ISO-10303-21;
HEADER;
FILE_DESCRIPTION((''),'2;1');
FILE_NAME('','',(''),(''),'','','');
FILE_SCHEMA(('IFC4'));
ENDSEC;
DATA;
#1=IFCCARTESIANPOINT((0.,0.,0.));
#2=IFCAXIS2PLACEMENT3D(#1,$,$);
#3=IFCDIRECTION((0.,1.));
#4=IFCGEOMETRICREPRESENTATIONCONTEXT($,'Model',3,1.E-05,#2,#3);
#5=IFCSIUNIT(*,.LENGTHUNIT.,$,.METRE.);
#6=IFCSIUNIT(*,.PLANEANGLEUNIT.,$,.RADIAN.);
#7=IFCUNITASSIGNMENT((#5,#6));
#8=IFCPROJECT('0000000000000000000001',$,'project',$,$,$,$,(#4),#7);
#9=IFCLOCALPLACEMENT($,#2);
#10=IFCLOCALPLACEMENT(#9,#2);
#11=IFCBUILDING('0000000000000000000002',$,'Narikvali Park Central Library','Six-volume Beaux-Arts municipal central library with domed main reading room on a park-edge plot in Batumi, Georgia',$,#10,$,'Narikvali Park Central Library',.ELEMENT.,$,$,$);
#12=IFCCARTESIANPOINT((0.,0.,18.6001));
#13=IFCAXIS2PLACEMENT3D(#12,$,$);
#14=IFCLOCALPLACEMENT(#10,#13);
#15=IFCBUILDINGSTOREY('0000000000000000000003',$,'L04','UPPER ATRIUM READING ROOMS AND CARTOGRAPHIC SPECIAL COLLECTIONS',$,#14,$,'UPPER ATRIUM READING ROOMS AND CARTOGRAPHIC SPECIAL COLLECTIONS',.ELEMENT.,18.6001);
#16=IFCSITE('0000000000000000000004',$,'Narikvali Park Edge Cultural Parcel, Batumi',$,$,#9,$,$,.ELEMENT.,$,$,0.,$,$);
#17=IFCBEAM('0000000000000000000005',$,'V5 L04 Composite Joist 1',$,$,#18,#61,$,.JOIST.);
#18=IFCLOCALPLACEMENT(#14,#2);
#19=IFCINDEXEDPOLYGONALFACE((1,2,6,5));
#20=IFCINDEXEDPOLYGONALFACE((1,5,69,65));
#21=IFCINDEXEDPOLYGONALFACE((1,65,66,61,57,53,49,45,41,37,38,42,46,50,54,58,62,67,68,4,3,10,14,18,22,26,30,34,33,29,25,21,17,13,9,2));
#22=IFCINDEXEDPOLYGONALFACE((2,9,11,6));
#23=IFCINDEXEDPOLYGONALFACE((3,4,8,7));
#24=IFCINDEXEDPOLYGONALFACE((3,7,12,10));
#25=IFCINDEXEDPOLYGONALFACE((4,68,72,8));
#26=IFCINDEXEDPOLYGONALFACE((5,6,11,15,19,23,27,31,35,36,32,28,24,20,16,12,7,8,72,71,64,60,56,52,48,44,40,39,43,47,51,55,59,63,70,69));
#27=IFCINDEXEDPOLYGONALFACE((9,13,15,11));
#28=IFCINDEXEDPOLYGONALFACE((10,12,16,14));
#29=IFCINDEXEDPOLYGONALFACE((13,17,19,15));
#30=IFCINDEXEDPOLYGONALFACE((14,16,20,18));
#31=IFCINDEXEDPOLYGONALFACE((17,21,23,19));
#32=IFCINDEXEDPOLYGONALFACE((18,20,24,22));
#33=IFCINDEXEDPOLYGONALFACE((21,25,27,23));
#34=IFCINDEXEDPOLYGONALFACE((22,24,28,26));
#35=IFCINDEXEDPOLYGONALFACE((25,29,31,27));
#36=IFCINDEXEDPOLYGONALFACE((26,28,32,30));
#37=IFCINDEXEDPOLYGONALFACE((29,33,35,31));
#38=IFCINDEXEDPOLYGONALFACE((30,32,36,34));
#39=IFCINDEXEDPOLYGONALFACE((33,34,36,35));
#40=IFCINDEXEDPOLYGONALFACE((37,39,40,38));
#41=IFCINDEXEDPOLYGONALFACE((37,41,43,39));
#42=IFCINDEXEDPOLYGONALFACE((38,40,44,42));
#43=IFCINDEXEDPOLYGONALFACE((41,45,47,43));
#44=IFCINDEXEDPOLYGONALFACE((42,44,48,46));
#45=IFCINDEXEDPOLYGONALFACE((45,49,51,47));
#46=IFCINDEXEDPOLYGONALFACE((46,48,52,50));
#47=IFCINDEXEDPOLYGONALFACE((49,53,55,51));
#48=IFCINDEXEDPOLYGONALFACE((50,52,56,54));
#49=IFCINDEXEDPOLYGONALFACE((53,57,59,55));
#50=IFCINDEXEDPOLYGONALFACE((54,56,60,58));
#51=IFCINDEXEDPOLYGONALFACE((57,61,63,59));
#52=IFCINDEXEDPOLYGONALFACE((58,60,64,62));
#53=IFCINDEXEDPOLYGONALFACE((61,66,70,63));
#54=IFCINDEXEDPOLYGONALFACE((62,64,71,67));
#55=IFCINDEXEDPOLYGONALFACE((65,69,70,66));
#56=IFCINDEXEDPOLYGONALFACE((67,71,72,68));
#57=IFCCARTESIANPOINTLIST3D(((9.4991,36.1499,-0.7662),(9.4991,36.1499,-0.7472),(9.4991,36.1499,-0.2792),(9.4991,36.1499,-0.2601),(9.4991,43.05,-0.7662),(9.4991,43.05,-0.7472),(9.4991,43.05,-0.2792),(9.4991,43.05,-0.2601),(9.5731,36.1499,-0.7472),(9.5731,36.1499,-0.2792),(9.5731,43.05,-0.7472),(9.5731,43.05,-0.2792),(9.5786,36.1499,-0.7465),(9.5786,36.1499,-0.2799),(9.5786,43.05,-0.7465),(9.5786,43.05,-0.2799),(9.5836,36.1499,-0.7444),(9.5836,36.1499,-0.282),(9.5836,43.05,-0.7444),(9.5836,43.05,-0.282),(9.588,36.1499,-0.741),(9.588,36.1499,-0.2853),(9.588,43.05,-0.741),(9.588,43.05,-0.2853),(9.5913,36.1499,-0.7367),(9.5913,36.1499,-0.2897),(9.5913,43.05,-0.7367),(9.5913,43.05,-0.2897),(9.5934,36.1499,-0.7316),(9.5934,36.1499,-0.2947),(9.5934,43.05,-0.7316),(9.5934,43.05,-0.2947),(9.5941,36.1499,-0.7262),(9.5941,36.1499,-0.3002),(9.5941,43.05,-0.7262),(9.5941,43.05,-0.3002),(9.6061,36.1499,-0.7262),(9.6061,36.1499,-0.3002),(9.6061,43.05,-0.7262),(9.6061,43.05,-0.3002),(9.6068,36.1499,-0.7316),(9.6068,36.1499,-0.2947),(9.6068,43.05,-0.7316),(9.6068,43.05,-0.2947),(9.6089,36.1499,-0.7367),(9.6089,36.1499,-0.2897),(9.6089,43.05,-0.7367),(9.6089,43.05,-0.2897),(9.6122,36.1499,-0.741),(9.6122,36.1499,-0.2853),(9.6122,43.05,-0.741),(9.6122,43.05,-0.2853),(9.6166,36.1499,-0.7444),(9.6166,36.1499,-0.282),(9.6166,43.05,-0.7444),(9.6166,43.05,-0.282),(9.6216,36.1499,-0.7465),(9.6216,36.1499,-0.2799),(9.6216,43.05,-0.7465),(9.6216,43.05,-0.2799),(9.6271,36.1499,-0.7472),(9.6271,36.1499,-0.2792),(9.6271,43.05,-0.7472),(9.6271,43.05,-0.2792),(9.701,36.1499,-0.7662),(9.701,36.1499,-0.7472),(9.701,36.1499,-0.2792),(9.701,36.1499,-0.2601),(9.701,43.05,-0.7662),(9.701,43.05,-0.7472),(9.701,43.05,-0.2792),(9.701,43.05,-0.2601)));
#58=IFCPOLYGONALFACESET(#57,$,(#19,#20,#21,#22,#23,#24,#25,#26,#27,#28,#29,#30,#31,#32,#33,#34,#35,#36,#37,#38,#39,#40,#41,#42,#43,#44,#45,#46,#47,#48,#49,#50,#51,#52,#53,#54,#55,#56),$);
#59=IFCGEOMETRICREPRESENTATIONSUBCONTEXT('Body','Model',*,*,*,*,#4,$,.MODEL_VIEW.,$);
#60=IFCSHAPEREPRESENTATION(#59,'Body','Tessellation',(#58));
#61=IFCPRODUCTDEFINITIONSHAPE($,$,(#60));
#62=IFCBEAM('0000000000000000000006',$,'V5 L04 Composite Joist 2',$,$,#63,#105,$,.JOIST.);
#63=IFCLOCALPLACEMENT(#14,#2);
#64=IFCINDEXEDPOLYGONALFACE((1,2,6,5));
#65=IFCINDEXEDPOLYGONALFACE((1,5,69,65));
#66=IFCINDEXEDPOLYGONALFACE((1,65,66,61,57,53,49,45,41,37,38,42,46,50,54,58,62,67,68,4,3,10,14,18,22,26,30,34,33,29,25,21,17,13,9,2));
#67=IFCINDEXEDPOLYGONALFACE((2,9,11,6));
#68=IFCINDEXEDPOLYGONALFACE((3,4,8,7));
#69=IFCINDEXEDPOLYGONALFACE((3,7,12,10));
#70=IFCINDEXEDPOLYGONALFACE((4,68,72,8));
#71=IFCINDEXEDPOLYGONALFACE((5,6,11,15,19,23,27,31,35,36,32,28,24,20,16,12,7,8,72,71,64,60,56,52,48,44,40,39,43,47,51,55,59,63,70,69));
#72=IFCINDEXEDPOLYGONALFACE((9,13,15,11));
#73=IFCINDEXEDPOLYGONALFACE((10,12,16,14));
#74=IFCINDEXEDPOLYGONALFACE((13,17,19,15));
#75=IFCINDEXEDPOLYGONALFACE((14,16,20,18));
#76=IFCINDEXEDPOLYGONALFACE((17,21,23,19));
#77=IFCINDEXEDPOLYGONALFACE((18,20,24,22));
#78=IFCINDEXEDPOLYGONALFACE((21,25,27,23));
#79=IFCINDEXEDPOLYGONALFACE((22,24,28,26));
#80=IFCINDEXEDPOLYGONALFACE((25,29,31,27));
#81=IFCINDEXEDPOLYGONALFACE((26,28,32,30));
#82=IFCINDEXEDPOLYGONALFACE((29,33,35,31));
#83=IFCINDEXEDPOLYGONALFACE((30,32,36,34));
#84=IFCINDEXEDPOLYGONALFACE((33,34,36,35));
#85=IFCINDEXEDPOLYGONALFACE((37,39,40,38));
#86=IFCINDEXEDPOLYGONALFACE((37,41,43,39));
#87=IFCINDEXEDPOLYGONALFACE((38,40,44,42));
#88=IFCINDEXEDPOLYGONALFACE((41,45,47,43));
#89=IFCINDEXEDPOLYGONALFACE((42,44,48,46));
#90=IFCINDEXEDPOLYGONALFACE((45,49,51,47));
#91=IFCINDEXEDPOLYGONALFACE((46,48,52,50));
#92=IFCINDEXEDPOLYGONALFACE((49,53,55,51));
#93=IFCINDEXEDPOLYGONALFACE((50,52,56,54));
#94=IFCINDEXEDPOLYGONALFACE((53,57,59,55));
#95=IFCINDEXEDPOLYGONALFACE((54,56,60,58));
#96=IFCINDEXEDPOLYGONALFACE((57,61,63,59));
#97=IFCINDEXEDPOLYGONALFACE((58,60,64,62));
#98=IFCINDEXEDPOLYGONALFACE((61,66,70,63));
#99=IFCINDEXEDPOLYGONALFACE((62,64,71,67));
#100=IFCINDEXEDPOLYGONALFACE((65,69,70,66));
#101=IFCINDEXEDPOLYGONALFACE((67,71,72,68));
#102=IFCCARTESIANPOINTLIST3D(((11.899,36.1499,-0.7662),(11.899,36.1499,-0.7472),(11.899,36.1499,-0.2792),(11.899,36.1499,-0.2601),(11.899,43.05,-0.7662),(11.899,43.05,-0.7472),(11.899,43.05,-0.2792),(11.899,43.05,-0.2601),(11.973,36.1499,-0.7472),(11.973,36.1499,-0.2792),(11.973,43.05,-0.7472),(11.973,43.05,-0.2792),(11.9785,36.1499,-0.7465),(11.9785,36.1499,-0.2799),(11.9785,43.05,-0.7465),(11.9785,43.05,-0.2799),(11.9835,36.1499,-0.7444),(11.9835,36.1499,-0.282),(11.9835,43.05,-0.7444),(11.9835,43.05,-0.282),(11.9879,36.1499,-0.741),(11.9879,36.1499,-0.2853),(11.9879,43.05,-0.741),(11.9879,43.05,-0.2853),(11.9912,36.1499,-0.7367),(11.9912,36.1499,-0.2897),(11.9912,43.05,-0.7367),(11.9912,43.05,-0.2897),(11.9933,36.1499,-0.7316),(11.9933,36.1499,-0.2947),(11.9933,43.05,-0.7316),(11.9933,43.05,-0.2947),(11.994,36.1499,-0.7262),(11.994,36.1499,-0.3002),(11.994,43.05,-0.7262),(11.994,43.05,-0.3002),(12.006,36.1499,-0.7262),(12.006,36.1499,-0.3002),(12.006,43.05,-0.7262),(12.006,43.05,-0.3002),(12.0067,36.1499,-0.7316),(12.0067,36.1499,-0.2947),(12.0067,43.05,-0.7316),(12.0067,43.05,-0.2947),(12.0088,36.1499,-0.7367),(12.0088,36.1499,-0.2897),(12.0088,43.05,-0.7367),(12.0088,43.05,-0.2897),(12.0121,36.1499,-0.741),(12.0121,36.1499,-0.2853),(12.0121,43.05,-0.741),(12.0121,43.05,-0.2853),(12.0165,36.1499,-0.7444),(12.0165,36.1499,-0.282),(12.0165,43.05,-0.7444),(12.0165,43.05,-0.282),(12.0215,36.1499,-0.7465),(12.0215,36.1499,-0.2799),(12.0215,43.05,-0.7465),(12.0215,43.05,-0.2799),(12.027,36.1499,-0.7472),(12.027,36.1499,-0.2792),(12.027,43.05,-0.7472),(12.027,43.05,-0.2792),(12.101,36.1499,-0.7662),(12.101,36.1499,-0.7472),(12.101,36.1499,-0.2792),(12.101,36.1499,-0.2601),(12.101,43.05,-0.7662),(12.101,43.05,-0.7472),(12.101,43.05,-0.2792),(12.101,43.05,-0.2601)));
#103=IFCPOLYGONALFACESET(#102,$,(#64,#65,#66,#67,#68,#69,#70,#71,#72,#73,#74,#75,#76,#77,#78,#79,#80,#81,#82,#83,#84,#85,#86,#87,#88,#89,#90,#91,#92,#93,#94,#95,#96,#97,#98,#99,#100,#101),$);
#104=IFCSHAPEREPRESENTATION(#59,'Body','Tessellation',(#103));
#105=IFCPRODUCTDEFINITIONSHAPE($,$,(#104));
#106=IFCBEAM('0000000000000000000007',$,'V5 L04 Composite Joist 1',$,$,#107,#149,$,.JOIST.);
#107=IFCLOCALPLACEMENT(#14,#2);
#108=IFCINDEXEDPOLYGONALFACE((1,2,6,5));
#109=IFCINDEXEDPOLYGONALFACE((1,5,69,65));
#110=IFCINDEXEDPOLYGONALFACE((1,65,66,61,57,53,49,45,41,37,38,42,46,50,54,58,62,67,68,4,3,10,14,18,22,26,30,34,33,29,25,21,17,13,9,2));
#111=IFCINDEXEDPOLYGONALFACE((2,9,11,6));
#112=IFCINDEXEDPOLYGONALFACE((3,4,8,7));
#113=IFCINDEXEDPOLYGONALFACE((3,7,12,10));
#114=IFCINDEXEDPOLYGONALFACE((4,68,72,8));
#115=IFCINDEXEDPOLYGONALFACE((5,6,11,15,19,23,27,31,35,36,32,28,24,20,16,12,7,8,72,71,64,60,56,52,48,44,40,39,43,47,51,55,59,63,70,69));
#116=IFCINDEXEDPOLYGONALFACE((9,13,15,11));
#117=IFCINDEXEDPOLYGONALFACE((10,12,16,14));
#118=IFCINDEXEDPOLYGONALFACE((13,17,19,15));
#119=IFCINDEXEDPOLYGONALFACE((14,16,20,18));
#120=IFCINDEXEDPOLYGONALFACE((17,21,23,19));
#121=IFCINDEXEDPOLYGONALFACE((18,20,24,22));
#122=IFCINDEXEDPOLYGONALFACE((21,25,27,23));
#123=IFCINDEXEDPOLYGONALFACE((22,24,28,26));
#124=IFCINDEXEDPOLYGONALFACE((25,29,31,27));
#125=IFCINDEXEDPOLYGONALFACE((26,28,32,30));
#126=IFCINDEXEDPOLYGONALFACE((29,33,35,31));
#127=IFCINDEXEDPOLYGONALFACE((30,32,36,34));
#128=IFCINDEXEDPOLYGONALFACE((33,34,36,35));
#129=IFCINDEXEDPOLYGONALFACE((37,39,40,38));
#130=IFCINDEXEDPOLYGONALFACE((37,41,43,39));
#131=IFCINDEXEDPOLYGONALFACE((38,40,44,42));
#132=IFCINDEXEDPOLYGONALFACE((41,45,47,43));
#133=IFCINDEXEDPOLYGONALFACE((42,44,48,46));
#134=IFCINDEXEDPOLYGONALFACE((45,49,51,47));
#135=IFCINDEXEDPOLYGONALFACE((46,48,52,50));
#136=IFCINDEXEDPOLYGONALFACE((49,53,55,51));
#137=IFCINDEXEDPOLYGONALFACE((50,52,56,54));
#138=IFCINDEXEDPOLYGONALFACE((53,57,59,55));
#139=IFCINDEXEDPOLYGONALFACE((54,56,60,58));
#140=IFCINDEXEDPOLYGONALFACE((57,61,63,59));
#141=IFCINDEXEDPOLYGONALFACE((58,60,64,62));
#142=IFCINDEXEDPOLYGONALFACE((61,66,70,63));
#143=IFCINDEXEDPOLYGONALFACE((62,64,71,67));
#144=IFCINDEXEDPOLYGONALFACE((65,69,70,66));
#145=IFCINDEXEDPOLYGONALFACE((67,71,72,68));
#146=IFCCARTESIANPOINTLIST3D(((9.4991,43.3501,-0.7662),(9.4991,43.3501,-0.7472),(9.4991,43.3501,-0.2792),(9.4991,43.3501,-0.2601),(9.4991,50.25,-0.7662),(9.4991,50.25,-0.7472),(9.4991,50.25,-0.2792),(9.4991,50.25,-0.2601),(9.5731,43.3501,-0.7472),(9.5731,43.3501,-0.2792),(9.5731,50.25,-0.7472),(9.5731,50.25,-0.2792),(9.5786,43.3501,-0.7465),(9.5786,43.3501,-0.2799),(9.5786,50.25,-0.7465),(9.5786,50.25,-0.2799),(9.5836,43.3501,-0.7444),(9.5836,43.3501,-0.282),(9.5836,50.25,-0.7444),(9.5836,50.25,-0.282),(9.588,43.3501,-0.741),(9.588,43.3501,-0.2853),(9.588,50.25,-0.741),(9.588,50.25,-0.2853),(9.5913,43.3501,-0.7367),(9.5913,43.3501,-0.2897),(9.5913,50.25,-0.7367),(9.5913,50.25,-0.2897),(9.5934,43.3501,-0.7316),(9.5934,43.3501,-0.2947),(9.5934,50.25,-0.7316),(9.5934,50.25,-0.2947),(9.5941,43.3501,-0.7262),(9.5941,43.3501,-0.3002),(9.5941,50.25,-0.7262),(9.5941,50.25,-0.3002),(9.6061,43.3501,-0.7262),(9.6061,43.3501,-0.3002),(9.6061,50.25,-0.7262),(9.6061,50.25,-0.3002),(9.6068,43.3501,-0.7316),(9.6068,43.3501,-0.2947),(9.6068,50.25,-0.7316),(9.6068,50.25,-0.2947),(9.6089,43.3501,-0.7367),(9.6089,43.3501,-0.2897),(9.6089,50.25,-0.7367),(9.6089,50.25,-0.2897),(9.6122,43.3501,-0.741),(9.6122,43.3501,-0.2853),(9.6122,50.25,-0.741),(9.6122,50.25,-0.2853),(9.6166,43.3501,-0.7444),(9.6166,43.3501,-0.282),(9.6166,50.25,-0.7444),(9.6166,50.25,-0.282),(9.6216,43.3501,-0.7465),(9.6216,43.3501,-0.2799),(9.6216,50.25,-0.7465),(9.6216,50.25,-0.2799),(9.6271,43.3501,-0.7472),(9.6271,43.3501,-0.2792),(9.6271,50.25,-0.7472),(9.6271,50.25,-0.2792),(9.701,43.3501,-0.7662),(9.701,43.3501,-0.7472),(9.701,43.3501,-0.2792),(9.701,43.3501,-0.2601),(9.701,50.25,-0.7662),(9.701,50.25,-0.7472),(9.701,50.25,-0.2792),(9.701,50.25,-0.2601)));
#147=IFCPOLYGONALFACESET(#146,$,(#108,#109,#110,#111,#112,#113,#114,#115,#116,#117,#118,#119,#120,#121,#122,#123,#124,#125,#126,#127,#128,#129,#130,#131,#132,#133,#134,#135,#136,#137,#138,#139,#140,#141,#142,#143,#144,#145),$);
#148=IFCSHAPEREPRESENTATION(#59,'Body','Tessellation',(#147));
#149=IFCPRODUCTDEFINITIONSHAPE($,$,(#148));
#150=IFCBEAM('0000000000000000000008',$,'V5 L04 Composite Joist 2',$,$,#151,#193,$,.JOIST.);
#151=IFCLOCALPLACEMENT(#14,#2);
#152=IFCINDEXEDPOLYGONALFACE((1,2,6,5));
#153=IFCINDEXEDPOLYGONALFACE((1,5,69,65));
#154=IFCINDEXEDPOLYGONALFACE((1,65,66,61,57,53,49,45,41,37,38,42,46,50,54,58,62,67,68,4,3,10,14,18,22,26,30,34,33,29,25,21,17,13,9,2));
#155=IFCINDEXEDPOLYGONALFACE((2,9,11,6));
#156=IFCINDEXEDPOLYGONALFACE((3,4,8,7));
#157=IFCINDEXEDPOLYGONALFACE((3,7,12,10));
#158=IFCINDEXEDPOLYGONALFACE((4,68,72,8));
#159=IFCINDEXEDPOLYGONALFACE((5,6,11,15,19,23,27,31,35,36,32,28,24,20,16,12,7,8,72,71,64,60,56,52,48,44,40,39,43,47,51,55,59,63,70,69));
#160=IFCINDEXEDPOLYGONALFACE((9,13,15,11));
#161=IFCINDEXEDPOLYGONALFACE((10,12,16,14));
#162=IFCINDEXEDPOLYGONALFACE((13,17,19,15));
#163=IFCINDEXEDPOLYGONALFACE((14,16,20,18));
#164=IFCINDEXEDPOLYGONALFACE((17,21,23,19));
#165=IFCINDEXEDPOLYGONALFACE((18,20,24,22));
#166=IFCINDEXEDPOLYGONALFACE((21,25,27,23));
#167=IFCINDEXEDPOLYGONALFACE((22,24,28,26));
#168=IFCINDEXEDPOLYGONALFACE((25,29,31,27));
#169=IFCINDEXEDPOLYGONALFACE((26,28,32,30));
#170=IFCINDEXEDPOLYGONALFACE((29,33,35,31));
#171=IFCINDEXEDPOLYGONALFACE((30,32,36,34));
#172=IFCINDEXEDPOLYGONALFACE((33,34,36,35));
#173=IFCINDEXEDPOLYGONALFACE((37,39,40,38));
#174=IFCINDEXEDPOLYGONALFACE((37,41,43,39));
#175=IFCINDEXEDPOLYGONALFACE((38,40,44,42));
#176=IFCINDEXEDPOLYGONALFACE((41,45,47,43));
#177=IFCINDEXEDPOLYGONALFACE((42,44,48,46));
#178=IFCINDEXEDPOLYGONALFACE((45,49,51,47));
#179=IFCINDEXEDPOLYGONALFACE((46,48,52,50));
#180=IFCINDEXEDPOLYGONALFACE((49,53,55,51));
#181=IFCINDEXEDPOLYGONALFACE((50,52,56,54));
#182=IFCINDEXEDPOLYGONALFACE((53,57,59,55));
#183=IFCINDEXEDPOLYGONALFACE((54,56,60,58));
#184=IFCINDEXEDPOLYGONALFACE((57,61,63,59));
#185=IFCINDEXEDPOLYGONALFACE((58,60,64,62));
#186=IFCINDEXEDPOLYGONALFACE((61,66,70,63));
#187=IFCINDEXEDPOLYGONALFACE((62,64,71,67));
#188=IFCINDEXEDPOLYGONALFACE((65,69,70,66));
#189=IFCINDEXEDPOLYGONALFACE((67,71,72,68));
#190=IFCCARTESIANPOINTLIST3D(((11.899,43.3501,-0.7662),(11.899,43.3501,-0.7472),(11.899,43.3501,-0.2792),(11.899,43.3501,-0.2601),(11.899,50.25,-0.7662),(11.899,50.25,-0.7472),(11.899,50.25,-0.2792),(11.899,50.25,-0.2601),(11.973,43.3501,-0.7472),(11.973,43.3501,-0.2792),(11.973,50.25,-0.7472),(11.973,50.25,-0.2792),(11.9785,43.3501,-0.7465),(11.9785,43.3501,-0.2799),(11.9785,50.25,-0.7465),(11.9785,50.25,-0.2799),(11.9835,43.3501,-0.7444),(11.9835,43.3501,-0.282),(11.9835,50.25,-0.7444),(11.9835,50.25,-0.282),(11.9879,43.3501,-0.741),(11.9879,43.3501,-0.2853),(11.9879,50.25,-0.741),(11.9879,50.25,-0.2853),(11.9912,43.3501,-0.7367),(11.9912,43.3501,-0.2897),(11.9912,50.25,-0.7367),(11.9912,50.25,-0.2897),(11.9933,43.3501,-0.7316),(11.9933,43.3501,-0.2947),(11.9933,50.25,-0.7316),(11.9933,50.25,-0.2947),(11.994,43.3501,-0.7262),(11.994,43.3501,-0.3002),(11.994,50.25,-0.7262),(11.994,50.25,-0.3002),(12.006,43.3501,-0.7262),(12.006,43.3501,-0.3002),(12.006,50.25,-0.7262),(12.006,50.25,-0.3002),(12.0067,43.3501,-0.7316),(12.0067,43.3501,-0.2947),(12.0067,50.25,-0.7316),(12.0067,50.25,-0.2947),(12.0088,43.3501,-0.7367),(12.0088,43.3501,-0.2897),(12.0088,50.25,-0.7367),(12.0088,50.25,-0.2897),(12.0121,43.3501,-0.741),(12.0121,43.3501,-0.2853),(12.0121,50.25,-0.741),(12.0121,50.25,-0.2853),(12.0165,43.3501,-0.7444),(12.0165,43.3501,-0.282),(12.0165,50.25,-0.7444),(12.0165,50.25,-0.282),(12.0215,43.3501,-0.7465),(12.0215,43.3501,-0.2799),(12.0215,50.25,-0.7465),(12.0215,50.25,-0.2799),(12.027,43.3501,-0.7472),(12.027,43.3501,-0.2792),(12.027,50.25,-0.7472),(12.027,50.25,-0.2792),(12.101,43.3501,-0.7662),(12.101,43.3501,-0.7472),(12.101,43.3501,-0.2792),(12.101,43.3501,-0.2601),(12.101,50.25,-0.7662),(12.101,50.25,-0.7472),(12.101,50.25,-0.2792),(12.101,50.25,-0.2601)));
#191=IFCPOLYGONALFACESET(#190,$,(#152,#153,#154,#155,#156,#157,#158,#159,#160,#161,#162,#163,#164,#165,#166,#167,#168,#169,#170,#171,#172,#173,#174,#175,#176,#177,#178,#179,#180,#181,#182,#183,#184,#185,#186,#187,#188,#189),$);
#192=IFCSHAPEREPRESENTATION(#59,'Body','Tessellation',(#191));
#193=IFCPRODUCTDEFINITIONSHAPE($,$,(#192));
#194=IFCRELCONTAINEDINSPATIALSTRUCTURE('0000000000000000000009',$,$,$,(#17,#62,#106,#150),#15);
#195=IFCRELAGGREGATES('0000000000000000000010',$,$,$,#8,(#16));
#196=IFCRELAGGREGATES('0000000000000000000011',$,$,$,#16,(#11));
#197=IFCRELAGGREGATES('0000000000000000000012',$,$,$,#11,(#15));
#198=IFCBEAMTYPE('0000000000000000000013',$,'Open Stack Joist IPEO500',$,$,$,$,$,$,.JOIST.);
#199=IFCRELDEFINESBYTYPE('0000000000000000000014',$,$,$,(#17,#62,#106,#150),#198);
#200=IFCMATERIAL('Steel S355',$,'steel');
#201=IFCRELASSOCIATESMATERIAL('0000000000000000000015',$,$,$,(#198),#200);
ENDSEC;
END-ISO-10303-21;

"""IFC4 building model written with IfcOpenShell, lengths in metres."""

from ifc_helpers import new_model, si_unit, direction, frame, origin, origin_2d, place, context, subcontext, project, spatial, i_section, extrude, material, material_profile, profile_set, type_object, element, save


model = new_model("IFC4")

# Units and contexts
model_context = context("Model", 3, precision=1e-05, world=origin(), true_north=direction((0.0, 1.0)))
body_context = subcontext(model_context, "Body", "Model", "MODEL_VIEW")
ifc_project = project(units=[si_unit("LENGTHUNIT", "METRE"), si_unit("PLANEANGLEUNIT", "RADIAN")], contexts=[model_context])

# Site, building, storey
site_placement = place(None, origin())
site = spatial("IfcSite", under=ifc_project, at=site_placement, Name="Narikvali Park Edge Cultural Parcel, Batumi", CompositionType="ELEMENT", RefElevation=0.0)
building_placement = place(site_placement, origin())
building = spatial("IfcBuilding", under=site, at=building_placement, Name="Narikvali Park Central Library", Description="Six-volume Beaux-Arts municipal central library with domed main reading room on a park-edge plot in Batumi, Georgia", LongName="Narikvali Park Central Library", CompositionType="ELEMENT")
storey_placement = place(building_placement, frame((0.0, 0.0, 18.6001)))
storey = spatial("IfcBuildingStorey", under=building, at=storey_placement, Name="L04", Description="UPPER ATRIUM READING ROOMS AND CARTOGRAPHIC SPECIAL COLLECTIONS", LongName="UPPER ATRIUM READING ROOMS AND CARTOGRAPHIC SPECIAL COLLECTIONS", CompositionType="ELEMENT", Elevation=18.6001)

# Shared definitions
ifc_material_1 = material(Name="Steel S355", Category="steel")

# Beams
ifc_material_profile_1 = material_profile(ifc_material_1, i_section(OverallWidth=0.2019, OverallDepth=0.5061, WebThickness=0.012, FlangeThickness=0.019, FilletRadius=0.021, at=origin_2d()), Name="IPEO 500")
ifc_profile_set_1 = profile_set([ifc_material_profile_1], Name="Steel S355")
beam_type_1 = type_object("IfcBeamType", Name="Open Stack Joist IPEO500", PredefinedType="JOIST", material=ifc_profile_set_1)
for number, where, z_axis, x_axis, name in (
    (1, (9.6001, 36.1499, -0.5132), (0.0, 1.0, 0.0), (-1.0, 0.0, 0.0), "V5 L04 Composite Joist 1"),
    (2, (12.0, 36.1499, -0.5132), (0.0, 1.0, 0.0), (-1.0, 0.0, 0.0), "V5 L04 Composite Joist 2"),
):
    element("IfcBeam", number, at=place(storey_placement, frame(where, z_axis=z_axis, x_axis=x_axis)), inside=storey, type_object=beam_type_1, Name=name, PredefinedType="JOIST", context=body_context, shape_type="SweptSolid", body=[
        extrude(i_section(OverallWidth=0.2019, OverallDepth=0.5061, WebThickness=0.012, FlangeThickness=0.019, FilletRadius=0.021, at=origin_2d()), origin(), (0.0, 0.0, 1.0), 6.9001),
    ])
for number, where, z_axis, x_axis, name in (
    (3, (9.6001, 43.3501, -0.5132), (0.0, 1.0, 0.0), (-1.0, 0.0, 0.0), "V5 L04 Composite Joist 1"),
    (4, (12.0, 43.3501, -0.5132), (0.0, 1.0, 0.0), (-1.0, 0.0, 0.0), "V5 L04 Composite Joist 2"),
):
    element("IfcBeam", number, at=place(storey_placement, frame(where, z_axis=z_axis, x_axis=x_axis)), inside=storey, type_object=beam_type_1, Name=name, PredefinedType="JOIST", context=body_context, shape_type="SweptSolid", body=[
        extrude(i_section(OverallWidth=0.2019, OverallDepth=0.5061, WebThickness=0.012, FlangeThickness=0.019, FilletRadius=0.021, at=origin_2d()), origin(), (0.0, 0.0, 1.0), 6.8999),
    ])

save(model, "model.ifc")
